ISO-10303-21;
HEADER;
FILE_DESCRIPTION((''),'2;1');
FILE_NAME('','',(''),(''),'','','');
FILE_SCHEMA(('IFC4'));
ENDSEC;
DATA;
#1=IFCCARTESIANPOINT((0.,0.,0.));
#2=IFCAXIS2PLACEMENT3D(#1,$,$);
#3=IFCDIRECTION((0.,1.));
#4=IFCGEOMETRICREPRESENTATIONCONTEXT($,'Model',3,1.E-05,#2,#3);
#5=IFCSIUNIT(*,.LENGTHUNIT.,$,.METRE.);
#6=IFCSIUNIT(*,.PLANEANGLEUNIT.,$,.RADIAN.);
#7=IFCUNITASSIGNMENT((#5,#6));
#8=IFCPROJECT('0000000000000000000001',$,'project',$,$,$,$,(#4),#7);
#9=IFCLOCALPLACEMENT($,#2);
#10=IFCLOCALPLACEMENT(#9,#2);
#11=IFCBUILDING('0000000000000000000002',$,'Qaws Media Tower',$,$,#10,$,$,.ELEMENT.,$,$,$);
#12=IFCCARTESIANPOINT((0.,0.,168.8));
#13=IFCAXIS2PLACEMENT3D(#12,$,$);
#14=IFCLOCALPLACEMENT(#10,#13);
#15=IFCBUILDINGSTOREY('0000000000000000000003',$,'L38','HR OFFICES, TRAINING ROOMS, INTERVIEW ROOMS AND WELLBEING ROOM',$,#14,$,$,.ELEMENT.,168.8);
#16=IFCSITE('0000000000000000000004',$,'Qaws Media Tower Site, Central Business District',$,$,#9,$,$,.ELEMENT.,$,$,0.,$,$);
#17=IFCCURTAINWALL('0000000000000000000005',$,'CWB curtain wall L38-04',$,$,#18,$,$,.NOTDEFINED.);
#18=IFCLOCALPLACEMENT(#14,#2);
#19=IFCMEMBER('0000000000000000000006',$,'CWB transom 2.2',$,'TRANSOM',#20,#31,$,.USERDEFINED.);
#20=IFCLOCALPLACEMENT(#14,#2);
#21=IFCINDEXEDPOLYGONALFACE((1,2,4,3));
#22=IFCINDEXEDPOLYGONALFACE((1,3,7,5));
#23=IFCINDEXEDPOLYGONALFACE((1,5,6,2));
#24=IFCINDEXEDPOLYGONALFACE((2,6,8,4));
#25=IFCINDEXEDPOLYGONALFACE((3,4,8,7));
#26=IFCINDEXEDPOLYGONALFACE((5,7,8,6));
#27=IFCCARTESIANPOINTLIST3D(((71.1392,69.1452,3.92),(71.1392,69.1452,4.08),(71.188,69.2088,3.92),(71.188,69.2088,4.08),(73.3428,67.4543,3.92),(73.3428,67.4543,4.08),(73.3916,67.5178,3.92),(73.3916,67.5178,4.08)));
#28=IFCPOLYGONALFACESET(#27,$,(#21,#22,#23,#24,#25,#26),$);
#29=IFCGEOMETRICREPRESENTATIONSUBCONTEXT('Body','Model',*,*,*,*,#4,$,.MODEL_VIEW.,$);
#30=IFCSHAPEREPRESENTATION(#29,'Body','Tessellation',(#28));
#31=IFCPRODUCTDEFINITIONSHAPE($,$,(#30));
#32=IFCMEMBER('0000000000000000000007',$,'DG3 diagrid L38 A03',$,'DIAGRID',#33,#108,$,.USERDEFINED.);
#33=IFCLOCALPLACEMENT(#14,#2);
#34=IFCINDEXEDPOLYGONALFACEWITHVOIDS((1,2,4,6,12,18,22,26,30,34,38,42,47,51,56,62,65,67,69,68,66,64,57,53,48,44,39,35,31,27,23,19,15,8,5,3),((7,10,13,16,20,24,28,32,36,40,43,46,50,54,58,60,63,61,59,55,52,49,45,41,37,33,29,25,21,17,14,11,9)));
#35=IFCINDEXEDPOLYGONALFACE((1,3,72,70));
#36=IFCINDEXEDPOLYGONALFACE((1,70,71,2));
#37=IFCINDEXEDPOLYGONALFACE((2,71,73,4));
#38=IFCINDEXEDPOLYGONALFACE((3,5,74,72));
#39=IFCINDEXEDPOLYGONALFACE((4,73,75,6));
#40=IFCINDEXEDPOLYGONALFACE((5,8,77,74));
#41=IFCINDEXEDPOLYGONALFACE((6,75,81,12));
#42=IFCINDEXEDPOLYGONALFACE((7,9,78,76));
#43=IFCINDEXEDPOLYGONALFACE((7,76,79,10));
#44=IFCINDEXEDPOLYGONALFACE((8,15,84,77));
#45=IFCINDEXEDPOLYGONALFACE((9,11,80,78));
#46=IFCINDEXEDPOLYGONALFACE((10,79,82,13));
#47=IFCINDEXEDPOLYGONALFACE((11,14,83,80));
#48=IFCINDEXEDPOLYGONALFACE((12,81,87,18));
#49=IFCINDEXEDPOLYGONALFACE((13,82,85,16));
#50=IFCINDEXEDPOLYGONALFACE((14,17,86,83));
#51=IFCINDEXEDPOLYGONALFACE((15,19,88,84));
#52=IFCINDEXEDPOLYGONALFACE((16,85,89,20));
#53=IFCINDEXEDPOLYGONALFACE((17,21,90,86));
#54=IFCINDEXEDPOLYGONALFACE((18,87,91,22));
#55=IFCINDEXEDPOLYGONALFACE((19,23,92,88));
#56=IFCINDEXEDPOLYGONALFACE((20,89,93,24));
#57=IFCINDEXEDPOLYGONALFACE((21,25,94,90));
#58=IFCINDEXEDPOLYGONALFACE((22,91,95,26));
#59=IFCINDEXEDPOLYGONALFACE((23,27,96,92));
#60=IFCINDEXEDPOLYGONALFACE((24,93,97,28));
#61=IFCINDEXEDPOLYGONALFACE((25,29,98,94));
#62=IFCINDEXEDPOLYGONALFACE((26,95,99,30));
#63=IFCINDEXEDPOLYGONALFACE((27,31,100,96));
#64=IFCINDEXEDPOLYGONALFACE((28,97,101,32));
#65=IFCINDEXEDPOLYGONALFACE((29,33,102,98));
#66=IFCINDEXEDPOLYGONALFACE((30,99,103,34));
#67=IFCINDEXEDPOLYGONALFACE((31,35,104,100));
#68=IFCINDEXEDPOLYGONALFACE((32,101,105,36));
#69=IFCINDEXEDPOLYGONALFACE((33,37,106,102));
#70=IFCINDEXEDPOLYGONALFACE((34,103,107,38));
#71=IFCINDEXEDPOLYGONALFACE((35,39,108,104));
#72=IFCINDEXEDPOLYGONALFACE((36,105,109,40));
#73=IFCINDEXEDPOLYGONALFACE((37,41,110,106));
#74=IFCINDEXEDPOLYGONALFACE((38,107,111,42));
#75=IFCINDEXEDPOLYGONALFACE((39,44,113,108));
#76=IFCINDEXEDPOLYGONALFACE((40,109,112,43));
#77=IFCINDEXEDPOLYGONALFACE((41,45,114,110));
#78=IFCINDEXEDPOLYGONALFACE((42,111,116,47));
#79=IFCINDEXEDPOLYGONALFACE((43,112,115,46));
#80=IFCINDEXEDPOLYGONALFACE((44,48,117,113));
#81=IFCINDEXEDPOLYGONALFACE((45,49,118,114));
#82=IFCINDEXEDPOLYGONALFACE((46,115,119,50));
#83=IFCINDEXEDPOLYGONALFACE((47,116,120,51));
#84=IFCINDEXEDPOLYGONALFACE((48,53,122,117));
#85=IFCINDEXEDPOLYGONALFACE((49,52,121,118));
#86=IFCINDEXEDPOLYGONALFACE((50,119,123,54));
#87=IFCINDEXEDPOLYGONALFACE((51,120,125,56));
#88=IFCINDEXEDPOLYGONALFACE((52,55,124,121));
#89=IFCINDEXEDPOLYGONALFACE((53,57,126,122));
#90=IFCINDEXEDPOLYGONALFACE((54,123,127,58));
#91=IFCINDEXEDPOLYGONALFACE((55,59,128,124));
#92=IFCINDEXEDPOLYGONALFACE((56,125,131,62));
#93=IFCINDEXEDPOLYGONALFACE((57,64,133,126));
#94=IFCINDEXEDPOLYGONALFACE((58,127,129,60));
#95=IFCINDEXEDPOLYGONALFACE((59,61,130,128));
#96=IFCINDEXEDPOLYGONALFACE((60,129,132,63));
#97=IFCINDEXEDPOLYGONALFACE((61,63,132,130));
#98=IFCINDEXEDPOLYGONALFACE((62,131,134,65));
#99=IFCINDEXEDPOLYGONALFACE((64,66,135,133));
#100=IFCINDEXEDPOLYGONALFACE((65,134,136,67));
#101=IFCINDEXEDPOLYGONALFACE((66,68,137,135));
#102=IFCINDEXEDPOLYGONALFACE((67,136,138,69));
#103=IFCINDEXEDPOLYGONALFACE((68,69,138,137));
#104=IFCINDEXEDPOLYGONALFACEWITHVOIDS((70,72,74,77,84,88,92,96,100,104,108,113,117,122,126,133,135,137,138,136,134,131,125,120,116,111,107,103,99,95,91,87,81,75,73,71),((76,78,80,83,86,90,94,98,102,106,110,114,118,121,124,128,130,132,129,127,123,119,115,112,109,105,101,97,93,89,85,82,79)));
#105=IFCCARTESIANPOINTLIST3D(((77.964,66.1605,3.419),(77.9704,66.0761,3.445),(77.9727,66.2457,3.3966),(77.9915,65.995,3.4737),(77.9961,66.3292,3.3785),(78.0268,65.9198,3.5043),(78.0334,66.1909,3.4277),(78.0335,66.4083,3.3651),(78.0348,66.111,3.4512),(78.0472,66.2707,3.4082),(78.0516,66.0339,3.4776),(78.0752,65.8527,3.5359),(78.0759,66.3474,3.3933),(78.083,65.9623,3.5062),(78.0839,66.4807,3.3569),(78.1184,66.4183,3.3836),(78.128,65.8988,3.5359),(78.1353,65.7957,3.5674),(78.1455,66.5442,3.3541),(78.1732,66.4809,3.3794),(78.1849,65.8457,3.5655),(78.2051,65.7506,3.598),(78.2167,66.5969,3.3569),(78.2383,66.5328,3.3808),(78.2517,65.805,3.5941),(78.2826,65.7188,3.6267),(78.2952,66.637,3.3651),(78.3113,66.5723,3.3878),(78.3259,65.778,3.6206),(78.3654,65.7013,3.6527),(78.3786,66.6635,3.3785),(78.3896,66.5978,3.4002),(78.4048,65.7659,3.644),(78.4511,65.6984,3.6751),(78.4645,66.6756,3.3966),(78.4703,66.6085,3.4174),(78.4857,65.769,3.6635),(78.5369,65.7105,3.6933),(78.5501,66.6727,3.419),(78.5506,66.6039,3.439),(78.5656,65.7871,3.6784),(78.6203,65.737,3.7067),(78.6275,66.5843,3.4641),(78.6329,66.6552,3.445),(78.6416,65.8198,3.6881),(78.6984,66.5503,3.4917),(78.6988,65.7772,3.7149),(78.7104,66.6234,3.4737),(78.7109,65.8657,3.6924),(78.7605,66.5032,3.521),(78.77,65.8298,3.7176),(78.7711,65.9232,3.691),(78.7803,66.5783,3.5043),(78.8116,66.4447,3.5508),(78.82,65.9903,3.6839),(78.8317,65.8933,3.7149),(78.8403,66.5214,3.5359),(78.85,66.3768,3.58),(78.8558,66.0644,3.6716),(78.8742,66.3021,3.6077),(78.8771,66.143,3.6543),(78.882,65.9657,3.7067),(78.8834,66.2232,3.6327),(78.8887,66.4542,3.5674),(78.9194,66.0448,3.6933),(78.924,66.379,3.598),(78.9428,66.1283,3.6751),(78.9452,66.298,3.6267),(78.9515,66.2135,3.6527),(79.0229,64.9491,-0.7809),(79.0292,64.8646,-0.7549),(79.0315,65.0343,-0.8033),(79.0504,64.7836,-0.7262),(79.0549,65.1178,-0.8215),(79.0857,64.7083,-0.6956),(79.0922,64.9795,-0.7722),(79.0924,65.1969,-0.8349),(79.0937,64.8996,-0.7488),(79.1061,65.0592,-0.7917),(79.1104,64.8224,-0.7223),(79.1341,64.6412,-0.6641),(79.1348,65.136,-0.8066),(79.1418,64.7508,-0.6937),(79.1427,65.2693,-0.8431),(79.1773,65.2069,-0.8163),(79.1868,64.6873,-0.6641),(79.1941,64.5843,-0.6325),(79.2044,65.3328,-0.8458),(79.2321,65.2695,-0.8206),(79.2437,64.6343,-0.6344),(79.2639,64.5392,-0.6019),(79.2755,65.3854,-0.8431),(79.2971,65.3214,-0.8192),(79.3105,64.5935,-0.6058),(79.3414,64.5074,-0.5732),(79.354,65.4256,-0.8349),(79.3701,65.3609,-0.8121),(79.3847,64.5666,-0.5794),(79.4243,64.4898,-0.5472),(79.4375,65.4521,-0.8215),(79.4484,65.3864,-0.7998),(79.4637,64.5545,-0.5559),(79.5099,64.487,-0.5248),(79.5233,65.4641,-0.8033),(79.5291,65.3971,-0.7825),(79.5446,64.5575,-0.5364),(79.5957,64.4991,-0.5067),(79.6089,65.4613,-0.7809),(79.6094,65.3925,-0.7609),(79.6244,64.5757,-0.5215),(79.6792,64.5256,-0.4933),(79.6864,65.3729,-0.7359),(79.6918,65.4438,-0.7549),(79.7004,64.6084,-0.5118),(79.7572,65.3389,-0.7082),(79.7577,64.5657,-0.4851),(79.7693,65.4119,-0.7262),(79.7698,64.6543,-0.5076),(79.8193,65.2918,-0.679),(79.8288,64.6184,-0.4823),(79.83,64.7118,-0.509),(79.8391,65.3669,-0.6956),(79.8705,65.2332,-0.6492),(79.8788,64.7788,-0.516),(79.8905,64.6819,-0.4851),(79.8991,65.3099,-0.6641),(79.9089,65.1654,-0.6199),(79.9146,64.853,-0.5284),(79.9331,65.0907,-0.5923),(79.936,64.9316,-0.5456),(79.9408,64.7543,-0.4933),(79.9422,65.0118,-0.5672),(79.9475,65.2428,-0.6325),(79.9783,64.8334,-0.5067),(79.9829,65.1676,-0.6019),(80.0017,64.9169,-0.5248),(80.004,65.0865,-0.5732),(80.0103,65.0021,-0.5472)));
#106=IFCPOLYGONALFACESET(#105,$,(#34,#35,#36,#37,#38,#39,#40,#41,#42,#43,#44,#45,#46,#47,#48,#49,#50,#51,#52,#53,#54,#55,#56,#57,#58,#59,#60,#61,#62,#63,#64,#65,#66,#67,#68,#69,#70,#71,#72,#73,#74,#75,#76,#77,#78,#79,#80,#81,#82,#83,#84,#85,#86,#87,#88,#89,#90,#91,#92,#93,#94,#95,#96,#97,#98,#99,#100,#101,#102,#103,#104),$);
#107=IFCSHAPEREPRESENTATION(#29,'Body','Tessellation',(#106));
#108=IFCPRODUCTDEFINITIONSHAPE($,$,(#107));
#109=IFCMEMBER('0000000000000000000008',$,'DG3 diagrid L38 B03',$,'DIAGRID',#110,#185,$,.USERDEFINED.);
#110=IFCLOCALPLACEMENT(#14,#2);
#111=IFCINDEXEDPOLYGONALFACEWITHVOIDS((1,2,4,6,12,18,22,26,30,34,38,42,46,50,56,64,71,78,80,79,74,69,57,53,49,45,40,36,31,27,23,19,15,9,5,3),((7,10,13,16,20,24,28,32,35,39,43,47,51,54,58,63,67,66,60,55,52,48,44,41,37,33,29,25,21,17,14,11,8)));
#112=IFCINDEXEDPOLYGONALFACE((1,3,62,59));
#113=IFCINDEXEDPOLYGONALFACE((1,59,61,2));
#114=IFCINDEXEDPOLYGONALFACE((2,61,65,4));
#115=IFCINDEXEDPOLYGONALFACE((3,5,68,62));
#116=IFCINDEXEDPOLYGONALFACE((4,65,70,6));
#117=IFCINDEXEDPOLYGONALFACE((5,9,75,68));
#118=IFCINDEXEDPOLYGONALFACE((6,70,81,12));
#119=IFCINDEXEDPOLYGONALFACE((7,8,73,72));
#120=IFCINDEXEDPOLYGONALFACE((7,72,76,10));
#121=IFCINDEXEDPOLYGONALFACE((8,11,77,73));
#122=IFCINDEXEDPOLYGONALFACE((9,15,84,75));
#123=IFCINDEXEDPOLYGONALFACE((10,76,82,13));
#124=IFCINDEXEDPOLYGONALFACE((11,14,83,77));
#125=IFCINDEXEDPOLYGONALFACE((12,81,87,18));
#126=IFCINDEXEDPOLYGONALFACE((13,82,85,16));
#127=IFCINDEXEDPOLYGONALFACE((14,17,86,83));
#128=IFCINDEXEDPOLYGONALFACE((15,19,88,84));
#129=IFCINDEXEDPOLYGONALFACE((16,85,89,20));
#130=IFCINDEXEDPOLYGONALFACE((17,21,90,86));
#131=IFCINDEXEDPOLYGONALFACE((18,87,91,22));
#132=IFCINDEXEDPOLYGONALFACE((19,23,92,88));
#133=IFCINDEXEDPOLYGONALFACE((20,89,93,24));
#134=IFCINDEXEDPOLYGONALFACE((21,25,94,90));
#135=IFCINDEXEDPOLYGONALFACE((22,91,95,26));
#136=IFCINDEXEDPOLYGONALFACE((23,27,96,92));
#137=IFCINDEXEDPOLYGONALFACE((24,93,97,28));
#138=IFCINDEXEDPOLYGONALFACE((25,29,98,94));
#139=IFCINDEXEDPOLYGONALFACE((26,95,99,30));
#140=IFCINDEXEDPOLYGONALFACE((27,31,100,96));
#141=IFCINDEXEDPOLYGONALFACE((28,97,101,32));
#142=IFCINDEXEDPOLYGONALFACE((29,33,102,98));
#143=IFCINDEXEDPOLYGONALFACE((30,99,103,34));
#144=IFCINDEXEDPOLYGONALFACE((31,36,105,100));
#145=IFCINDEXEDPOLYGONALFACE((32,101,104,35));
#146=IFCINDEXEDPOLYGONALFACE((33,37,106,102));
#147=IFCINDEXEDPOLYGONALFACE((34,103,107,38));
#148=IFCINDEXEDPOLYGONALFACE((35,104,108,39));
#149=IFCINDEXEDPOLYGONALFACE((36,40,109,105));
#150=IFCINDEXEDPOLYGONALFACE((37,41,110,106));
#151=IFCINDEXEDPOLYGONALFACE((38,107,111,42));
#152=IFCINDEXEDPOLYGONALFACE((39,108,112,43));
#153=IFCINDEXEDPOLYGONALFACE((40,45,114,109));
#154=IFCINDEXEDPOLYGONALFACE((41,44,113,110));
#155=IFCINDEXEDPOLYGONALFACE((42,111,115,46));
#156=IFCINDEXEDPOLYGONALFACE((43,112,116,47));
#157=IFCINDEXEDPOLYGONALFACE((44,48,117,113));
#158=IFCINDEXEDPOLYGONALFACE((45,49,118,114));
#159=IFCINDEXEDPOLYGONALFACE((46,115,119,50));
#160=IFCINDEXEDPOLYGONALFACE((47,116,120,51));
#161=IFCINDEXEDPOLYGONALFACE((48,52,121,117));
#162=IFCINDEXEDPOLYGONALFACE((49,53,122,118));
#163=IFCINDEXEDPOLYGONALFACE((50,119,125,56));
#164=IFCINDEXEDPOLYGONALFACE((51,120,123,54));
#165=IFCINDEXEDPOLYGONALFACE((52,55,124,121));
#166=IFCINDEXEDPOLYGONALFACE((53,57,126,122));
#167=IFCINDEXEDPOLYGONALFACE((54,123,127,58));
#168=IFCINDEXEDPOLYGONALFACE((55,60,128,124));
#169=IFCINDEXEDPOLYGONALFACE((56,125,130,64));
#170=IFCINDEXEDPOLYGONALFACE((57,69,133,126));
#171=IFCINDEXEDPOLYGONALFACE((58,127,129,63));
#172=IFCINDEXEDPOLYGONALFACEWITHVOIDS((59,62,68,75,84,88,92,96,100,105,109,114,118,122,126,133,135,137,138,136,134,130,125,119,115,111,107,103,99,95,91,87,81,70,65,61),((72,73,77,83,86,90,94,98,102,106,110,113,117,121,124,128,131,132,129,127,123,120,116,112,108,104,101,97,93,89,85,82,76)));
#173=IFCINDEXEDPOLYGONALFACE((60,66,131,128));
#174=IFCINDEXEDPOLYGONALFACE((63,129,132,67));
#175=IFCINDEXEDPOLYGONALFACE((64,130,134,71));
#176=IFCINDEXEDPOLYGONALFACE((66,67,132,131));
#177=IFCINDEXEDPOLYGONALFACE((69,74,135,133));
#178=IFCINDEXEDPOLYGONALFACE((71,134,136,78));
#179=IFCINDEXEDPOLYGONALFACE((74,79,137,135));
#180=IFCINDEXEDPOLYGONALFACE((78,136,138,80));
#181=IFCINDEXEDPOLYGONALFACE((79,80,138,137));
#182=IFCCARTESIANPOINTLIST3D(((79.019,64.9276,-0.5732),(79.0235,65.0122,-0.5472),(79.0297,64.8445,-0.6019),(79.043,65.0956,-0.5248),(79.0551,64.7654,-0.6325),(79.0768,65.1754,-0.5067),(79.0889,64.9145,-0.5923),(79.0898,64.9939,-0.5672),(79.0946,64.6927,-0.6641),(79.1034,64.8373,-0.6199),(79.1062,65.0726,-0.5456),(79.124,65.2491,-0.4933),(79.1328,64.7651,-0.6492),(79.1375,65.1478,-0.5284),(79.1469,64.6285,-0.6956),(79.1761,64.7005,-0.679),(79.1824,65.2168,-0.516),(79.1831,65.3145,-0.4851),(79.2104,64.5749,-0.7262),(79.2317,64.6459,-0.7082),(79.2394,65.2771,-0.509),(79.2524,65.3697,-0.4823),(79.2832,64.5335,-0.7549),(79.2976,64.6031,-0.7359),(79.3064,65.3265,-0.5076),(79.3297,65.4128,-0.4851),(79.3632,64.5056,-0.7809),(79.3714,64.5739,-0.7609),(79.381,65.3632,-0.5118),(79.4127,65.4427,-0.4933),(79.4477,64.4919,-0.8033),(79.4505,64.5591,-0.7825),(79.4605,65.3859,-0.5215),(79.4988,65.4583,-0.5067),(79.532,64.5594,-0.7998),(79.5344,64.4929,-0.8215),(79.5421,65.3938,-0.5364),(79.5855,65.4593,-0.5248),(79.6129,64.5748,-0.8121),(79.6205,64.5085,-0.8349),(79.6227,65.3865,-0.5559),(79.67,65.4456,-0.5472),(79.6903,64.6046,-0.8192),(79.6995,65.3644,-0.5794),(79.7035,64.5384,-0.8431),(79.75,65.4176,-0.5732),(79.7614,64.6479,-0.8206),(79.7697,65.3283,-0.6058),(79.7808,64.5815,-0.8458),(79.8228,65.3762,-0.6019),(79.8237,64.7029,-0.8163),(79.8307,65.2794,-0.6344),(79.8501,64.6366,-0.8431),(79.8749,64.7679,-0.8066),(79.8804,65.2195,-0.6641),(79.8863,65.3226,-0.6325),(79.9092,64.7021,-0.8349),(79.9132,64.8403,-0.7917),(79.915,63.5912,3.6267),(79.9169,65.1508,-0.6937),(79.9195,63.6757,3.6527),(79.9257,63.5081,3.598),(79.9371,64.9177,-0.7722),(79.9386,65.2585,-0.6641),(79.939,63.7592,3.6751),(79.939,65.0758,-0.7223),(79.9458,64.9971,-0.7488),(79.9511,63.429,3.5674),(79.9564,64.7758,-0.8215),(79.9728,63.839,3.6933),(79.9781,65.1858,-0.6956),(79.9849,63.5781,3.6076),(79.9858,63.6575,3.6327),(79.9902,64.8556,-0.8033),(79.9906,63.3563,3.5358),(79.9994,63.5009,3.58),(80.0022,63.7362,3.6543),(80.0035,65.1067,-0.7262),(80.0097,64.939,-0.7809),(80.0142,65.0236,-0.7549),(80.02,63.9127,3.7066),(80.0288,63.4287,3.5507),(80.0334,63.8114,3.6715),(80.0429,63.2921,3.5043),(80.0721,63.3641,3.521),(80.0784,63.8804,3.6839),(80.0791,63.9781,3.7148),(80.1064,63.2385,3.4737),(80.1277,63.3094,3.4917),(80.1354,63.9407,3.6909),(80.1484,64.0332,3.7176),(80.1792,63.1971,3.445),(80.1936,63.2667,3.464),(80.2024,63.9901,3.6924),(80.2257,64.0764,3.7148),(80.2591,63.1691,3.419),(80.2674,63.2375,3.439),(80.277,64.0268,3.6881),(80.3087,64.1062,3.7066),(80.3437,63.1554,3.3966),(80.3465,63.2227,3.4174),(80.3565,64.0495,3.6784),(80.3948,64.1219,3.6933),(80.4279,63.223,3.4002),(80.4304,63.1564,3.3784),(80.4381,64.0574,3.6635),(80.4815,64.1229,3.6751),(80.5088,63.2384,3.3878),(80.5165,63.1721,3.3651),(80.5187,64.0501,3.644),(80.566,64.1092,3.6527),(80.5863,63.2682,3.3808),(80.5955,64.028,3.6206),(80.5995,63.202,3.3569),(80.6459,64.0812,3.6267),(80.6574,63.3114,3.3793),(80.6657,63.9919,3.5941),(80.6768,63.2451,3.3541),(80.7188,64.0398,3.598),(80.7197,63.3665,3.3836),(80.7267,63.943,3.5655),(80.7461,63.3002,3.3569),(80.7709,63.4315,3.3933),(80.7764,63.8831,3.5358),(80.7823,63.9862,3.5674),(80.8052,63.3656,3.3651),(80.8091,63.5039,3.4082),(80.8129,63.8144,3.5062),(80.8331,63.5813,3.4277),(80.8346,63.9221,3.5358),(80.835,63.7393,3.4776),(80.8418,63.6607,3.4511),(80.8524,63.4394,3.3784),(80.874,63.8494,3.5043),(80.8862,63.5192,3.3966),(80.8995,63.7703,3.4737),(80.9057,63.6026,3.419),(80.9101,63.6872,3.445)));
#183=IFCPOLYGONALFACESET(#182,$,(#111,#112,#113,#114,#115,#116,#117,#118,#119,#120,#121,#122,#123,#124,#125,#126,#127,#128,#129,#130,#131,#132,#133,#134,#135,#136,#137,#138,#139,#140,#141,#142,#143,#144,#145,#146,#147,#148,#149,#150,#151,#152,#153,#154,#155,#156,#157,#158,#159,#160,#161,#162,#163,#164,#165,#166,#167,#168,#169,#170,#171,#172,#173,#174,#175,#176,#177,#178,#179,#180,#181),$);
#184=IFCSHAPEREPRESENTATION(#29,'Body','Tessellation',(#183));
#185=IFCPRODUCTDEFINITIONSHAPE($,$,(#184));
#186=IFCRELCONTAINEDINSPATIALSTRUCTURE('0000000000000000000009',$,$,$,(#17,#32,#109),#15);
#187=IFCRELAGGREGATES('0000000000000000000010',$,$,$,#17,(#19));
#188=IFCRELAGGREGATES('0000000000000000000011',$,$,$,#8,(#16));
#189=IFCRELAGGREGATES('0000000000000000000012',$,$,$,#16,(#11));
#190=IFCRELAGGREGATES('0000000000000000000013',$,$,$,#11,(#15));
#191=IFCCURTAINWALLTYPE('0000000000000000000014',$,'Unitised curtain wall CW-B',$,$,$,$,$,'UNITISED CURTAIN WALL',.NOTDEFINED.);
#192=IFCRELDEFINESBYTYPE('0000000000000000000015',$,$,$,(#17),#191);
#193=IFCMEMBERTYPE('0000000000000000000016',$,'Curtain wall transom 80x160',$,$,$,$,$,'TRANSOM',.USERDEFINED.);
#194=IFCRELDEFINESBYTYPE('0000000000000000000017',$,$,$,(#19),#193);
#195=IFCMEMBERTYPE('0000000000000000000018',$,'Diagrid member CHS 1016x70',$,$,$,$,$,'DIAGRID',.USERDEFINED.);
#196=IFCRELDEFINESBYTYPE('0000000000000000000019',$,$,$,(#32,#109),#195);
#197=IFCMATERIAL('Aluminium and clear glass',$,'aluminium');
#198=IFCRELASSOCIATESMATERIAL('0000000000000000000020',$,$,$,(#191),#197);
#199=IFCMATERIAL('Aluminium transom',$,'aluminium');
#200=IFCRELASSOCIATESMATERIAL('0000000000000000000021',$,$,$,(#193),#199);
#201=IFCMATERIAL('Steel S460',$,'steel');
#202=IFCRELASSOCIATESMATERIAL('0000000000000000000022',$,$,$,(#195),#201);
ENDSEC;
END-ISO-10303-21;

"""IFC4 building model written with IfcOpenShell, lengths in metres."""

from ifc_helpers import new_model, si_unit, direction, frame, origin, origin_2d, place, context, subcontext, project, spatial, rectangle, hollow_circle, extrude, material, material_profile, profile_set, type_object, element, aggregate, save


model = new_model("IFC4")

# Units and contexts
model_context = context("Model", 3, precision=1e-05, world=origin(), true_north=direction((0.0, 1.0)))
body_context = subcontext(model_context, "Body", "Model", "MODEL_VIEW")
ifc_project = project(units=[si_unit("LENGTHUNIT", "METRE"), si_unit("PLANEANGLEUNIT", "RADIAN")], contexts=[model_context])

# Site, building, storey
site_placement = place(None, origin())
site = spatial("IfcSite", under=ifc_project, at=site_placement, Name="Qaws Media Tower Site, Central Business District", CompositionType="ELEMENT", RefElevation=0.0)
building_placement = place(site_placement, origin())
building = spatial("IfcBuilding", under=site, at=building_placement, Name="Qaws Media Tower", CompositionType="ELEMENT")
storey_placement = place(building_placement, frame((0.0, 0.0, 168.8)))
storey = spatial("IfcBuildingStorey", under=building, at=storey_placement, Name="L38", Description="HR OFFICES, TRAINING ROOMS, INTERVIEW ROOMS AND WELLBEING ROOM", CompositionType="ELEMENT", Elevation=168.8)

# Shared definitions
ifc_material_1 = material(Name="Aluminium and clear glass", Category="aluminium")
curtain_wall_type = type_object("IfcCurtainWallType", Name="Unitised curtain wall CW-B", ElementType="UNITISED CURTAIN WALL", PredefinedType="NOTDEFINED", material=ifc_material_1)

# Curtain wall
curtain_wall_1_placement = place(storey_placement, origin())
curtain_wall_1 = element("IfcCurtainWall", 1, at=curtain_wall_1_placement, inside=storey, type_object=curtain_wall_type, Name="CWB curtain wall L38-04", PredefinedType="NOTDEFINED")

# Member
ifc_material_2 = material(Name="Aluminium transom", Category="aluminium")
ifc_material_profile_1 = material_profile(ifc_material_2, rectangle(XDim=0.0801, YDim=0.1599, at=origin_2d()), Name="80x160")
ifc_profile_set_1 = profile_set([ifc_material_profile_1], Name="Aluminium transom")
member_type_1 = type_object("IfcMemberType", Name="Curtain wall transom 80x160", ElementType="TRANSOM", PredefinedType="USERDEFINED", material=ifc_profile_set_1)
member_1_placement = place(storey_placement, frame((73.3672, 67.4861, 4.0), z_axis=(-0.793349, 0.608767, 0.0), x_axis=(-0.608767, -0.793349, 0.0)))
member_1 = element("IfcMember", 2, at=member_1_placement, type_object=member_type_1, Name="CWB transom 2.2", ObjectType="TRANSOM", PredefinedType="USERDEFINED", context=body_context, shape_type="SweptSolid", body=[
    extrude(rectangle(XDim=0.0801, YDim=0.1599, at=origin_2d()), origin(), (0.0, 0.0, 1.0), 2.7776),
])

# Members
ifc_material_3 = material(Name="Steel S460", Category="steel")
ifc_material_profile_2 = material_profile(ifc_material_3, hollow_circle(Radius=0.5081, WallThickness=0.0701, at=origin_2d()), Name="CHS 1016x70")
ifc_profile_set_2 = profile_set([ifc_material_profile_2], Name="Steel S460")
member_type_2 = type_object("IfcMemberType", Name="Diagrid member CHS 1016x70", ElementType="DIAGRID", PredefinedType="USERDEFINED", material=ifc_profile_set_2)
for number, where, z_axis, x_axis, name in (
    (3, (79.5166, 64.9756, -0.6641), (-0.235424, 0.26935, 0.933823), (-0.752934, -0.658096, 0.0), "DG3 diagrid L38 A03"),
    (4, (79.5166, 64.9756, -0.6641), (0.199216, -0.297142, 0.93382), (0.8306, 0.556869, 0.0), "DG3 diagrid L38 B03"),
):
    element("IfcMember", number, at=place(storey_placement, frame(where, z_axis=z_axis, x_axis=x_axis)), inside=storey, type_object=member_type_2, Name=name, ObjectType="DIAGRID", PredefinedType="USERDEFINED", context=body_context, shape_type="SweptSolid", body=[
        extrude(hollow_circle(Radius=0.5081, WallThickness=0.0701, at=origin_2d()), origin(), (0.0, 0.0, 1.0), 4.4976),
    ])

aggregate(curtain_wall_1, [member_1])

save(model, "model.ifc")
